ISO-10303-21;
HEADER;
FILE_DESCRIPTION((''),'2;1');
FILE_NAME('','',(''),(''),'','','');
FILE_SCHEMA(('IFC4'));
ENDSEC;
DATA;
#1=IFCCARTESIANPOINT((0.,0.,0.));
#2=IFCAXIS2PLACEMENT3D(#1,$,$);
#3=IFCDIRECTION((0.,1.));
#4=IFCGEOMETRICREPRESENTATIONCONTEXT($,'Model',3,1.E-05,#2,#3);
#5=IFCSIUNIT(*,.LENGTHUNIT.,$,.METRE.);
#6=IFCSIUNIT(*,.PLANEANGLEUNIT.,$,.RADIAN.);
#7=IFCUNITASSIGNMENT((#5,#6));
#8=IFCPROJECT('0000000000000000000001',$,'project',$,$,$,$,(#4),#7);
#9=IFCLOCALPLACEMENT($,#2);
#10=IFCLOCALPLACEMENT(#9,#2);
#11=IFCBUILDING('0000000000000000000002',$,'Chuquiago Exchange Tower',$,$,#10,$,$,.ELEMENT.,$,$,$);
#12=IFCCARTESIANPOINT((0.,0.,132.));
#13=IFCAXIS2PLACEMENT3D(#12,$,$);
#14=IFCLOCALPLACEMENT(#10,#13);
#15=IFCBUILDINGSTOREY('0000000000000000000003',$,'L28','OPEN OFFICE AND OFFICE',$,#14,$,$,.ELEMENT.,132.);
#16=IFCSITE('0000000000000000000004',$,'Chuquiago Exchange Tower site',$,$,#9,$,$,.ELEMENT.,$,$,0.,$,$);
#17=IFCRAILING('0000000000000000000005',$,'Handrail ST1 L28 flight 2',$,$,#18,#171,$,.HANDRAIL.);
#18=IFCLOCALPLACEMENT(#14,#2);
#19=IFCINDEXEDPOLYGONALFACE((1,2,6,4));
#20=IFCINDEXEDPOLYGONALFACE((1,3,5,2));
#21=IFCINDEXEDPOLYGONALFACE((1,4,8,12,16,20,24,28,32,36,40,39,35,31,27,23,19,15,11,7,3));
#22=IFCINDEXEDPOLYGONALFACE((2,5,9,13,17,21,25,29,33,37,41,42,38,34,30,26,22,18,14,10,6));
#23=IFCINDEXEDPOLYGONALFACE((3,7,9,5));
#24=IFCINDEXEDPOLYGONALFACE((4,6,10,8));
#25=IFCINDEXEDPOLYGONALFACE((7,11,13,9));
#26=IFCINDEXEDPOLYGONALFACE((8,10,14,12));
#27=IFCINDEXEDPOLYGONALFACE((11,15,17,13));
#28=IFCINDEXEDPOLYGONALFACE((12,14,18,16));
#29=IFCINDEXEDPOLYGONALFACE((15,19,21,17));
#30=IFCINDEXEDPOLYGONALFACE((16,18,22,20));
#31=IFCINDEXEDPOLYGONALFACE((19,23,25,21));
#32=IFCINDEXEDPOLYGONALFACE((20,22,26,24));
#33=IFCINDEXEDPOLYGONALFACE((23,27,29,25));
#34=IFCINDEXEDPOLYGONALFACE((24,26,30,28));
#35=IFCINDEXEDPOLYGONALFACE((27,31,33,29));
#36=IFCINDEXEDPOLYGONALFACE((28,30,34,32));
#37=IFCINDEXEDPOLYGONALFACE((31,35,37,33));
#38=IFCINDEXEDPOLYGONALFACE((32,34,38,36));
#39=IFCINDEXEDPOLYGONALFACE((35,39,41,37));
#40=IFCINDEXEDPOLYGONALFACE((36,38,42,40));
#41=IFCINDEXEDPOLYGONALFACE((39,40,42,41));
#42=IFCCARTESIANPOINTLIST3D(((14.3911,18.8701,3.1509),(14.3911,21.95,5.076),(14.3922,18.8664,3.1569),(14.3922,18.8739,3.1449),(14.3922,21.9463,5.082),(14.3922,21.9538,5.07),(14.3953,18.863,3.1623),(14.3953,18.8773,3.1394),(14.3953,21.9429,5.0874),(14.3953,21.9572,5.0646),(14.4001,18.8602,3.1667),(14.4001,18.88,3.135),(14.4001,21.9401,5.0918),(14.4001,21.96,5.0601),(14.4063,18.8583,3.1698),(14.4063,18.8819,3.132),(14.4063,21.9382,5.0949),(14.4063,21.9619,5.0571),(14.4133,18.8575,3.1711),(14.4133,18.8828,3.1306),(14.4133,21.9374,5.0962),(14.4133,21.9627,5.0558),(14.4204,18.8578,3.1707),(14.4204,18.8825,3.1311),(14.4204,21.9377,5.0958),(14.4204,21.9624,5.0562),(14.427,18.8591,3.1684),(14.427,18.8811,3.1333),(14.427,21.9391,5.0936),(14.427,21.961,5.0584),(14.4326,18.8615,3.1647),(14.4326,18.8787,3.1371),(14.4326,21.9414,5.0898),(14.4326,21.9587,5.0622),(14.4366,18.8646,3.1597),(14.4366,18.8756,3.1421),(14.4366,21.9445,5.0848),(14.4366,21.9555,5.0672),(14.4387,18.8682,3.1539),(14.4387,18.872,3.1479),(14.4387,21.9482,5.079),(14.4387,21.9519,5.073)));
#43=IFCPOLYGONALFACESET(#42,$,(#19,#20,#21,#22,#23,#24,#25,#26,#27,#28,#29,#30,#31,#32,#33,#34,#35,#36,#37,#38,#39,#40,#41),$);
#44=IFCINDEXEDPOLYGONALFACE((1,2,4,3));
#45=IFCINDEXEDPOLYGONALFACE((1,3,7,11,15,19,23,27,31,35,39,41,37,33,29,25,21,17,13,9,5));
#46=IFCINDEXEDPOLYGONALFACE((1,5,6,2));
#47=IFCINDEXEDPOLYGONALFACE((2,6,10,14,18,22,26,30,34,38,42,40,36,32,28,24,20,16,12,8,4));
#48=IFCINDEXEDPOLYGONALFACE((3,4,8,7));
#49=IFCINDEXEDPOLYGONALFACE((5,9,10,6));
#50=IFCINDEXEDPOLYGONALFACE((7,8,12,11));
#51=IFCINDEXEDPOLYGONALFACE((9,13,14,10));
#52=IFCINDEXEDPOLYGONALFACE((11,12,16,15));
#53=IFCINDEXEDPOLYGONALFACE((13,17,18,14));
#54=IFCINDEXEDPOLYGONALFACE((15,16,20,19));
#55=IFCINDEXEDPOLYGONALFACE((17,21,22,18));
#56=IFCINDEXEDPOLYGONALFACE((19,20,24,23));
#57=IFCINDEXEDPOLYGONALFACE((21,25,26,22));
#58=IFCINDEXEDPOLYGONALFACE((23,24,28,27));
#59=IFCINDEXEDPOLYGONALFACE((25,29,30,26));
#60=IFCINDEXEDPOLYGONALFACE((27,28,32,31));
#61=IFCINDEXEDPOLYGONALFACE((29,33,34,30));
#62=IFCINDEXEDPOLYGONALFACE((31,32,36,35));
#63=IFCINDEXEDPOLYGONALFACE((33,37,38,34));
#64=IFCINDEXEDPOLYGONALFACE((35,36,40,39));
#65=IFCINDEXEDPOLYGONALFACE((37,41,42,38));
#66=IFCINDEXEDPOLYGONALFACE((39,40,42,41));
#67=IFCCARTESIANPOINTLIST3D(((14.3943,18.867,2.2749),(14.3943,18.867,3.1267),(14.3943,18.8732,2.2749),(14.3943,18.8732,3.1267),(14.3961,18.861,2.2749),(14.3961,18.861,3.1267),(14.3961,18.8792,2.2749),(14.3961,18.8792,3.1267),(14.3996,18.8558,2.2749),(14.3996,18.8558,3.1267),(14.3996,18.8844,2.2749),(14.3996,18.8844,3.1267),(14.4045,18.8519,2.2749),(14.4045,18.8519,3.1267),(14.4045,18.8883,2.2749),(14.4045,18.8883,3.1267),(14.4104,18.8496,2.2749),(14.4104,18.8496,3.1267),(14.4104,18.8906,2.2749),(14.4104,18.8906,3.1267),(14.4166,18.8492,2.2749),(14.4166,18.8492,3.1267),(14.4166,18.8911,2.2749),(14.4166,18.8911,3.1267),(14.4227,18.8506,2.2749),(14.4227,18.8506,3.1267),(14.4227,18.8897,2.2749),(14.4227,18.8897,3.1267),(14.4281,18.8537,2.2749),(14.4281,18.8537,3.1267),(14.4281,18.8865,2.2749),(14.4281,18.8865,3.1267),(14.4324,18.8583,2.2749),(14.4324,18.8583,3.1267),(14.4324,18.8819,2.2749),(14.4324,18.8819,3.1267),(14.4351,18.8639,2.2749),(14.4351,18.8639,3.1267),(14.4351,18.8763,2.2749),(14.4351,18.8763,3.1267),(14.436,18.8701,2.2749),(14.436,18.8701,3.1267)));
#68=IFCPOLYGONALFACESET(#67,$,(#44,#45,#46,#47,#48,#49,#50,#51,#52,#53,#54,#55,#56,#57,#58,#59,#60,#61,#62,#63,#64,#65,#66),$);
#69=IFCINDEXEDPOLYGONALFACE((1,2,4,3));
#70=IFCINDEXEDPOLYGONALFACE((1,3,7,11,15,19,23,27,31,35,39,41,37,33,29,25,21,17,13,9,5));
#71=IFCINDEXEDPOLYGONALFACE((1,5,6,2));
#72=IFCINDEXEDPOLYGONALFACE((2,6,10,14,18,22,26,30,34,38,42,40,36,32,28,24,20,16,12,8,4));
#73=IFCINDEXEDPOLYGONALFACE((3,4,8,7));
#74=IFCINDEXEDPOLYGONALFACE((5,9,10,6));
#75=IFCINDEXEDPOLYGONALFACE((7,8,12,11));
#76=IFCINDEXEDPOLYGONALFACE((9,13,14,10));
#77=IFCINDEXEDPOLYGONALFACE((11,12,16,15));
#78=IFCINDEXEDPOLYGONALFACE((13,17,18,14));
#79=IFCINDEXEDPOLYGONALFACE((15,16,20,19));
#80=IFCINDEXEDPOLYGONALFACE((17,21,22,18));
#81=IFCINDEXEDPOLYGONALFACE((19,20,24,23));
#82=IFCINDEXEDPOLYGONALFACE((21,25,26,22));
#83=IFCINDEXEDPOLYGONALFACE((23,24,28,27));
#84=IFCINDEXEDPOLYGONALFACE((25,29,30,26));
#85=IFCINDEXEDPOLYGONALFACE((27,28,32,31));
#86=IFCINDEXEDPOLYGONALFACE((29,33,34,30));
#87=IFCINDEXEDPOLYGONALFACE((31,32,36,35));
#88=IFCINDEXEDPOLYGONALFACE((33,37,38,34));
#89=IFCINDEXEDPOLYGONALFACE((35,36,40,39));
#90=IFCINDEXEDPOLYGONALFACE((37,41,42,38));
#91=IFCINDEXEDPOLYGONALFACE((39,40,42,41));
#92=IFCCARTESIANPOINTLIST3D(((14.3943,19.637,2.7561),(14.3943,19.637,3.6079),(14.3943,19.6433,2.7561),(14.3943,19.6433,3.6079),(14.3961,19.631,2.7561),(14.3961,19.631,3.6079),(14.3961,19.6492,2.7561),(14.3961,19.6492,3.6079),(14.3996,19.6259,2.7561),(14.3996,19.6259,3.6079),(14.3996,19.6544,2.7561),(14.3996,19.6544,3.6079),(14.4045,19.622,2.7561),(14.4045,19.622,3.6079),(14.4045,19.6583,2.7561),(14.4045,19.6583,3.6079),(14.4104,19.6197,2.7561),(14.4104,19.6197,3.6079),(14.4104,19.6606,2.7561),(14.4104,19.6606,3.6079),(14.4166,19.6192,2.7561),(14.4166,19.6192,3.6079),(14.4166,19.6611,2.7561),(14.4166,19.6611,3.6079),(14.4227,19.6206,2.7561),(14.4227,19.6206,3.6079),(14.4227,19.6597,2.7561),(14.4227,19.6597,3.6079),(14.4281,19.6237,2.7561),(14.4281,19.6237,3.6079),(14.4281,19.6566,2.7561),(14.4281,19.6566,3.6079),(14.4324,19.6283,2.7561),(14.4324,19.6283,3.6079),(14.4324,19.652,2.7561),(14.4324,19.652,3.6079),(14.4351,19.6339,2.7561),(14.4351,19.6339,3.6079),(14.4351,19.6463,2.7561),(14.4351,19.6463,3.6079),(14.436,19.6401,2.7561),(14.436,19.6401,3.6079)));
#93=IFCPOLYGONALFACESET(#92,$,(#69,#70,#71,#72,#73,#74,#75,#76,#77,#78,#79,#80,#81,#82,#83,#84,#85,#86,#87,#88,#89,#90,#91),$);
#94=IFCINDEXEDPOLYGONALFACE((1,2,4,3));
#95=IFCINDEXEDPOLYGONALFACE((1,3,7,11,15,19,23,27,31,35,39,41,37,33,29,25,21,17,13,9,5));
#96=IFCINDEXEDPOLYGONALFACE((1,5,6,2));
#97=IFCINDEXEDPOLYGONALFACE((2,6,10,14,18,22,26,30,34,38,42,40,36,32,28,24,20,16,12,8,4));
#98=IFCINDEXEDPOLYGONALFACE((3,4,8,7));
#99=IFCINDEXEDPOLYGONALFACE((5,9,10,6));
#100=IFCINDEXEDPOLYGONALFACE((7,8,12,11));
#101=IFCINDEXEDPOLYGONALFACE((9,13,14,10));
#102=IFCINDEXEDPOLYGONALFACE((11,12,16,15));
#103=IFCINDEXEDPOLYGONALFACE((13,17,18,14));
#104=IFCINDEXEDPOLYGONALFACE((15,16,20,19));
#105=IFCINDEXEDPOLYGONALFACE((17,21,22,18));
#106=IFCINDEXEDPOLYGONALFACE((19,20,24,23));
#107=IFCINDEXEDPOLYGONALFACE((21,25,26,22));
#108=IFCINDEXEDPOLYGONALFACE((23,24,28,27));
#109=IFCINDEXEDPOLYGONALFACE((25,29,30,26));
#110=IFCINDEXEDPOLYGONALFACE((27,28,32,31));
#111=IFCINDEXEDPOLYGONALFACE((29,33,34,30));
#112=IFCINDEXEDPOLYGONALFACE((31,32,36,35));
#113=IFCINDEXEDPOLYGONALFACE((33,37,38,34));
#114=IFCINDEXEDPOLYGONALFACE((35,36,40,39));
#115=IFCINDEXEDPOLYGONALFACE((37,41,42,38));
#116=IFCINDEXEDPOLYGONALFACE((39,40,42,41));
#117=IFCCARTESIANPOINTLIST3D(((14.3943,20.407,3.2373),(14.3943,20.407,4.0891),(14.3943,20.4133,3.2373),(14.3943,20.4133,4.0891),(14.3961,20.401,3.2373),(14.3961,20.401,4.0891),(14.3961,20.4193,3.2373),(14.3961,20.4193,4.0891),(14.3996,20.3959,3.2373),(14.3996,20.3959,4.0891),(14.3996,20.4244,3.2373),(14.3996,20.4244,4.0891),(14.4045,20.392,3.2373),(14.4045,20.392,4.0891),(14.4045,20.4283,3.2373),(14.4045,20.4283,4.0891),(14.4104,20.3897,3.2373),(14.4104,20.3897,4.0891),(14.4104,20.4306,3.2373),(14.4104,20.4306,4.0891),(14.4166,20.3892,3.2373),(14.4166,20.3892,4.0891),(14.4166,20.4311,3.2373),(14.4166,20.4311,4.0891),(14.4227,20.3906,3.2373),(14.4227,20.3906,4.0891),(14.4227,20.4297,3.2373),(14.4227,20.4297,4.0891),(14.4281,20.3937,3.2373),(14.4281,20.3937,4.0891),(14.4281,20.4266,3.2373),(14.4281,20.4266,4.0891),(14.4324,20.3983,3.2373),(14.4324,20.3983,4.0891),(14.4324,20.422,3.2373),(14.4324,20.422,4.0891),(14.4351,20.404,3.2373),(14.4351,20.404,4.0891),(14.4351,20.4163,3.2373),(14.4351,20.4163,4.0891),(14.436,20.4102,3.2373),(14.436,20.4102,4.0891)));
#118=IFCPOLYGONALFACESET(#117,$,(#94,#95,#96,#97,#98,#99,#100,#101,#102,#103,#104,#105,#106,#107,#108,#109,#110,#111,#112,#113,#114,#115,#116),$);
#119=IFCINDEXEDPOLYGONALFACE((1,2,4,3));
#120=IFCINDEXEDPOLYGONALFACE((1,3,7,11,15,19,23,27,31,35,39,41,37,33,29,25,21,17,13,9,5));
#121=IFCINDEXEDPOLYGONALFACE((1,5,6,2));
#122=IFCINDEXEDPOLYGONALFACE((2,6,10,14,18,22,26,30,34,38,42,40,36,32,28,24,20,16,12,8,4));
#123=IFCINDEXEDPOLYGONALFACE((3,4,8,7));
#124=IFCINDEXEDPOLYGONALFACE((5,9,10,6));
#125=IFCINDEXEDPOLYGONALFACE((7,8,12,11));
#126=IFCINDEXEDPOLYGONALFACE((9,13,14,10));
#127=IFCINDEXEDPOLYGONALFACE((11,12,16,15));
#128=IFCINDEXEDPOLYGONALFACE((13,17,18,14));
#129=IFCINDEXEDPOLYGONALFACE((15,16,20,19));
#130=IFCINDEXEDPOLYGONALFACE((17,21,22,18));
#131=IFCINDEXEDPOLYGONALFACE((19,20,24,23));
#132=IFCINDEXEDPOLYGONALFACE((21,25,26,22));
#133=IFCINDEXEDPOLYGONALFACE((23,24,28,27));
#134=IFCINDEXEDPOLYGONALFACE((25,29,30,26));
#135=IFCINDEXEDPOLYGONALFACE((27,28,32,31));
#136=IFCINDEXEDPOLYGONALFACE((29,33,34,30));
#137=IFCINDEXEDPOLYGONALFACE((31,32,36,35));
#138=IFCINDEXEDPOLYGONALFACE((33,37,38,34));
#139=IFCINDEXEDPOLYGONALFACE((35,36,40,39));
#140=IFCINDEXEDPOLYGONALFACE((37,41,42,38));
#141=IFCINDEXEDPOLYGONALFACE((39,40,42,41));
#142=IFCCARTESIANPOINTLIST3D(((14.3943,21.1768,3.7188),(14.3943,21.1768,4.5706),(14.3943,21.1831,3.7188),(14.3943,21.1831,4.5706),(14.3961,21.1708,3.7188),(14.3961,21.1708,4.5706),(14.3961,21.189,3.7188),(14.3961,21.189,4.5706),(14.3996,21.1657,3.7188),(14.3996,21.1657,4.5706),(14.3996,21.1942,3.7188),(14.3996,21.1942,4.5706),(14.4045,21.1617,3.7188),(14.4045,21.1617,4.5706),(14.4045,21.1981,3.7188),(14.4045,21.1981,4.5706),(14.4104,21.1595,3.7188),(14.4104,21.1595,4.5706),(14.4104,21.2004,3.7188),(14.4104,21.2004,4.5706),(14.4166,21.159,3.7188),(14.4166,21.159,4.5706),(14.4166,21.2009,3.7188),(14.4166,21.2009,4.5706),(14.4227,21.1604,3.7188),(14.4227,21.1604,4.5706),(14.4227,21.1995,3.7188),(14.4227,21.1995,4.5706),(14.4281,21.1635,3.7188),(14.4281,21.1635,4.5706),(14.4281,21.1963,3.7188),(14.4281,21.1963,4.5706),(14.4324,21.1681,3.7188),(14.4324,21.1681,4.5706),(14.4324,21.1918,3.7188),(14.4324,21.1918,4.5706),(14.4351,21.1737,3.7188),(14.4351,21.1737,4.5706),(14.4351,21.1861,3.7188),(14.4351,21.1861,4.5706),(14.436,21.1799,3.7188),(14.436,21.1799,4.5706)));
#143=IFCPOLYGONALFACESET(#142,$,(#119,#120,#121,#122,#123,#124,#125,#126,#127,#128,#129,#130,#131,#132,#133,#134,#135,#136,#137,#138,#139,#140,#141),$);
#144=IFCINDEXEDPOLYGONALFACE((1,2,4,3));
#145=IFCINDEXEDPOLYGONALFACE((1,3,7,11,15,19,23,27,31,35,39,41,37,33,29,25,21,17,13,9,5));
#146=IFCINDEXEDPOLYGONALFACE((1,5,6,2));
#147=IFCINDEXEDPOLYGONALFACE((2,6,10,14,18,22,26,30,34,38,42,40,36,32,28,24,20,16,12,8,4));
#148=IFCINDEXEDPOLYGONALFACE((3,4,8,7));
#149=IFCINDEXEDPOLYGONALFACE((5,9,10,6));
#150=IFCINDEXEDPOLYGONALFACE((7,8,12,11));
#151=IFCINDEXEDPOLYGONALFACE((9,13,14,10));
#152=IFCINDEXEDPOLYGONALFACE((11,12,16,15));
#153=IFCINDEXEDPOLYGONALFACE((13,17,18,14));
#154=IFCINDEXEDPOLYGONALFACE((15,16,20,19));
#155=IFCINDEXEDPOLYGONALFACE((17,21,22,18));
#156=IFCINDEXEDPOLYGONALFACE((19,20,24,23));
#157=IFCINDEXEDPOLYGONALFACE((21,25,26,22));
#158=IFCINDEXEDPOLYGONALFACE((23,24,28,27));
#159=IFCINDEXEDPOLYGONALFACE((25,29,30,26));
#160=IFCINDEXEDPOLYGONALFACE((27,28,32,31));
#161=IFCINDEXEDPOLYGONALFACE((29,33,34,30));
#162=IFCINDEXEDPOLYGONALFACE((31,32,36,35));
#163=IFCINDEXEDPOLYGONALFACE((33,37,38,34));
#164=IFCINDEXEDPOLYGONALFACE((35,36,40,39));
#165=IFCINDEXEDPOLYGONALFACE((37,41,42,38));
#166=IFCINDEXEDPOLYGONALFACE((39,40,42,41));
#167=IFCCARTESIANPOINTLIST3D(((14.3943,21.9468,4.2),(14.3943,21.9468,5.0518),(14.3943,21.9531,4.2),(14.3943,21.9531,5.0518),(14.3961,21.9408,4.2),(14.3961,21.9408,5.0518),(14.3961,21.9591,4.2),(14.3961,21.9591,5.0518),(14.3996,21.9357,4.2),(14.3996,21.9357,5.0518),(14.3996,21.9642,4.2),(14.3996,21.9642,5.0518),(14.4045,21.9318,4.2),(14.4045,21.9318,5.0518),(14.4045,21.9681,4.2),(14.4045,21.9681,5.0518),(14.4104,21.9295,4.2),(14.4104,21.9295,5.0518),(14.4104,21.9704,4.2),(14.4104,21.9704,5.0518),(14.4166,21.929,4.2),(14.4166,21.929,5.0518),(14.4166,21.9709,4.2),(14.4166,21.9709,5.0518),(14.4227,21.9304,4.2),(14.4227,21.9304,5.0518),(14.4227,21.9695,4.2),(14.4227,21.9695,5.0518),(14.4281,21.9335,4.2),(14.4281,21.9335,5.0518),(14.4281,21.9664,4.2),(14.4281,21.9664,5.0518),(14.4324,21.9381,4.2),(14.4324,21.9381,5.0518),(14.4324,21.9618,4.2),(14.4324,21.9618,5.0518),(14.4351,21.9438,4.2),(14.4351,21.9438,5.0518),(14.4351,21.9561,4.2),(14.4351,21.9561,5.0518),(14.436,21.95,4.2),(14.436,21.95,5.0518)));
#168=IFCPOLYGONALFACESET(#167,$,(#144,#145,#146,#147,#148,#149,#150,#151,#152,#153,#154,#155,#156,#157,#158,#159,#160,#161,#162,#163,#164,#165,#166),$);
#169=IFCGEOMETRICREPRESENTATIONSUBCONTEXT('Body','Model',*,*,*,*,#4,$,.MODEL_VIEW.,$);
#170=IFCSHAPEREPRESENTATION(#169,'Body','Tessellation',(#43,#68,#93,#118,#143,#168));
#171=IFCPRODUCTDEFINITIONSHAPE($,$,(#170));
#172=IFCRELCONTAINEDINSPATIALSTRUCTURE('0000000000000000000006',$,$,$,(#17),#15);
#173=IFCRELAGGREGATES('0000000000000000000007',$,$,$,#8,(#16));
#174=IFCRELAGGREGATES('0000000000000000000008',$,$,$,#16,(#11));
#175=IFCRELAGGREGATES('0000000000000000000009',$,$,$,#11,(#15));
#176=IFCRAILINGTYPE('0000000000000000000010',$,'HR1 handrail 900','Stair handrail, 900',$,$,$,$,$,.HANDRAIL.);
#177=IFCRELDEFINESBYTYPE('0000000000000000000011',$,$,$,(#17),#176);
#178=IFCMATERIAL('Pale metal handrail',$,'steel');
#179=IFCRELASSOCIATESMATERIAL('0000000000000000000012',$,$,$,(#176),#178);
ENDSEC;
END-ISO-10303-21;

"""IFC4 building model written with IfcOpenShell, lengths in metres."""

from ifc_helpers import new_model, si_unit, direction, frame, origin, origin_2d, place, context, subcontext, project, spatial, circle, extrude, material, type_object, element, save


model = new_model("IFC4")

# Units and contexts
model_context = context("Model", 3, precision=1e-05, world=origin(), true_north=direction((0.0, 1.0)))
body_context = subcontext(model_context, "Body", "Model", "MODEL_VIEW")
ifc_project = project(units=[si_unit("LENGTHUNIT", "METRE"), si_unit("PLANEANGLEUNIT", "RADIAN")], contexts=[model_context])

# Site, building, storey
site_placement = place(None, origin())
site = spatial("IfcSite", under=ifc_project, at=site_placement, Name="Chuquiago Exchange Tower site", CompositionType="ELEMENT", RefElevation=0.0)
building_placement = place(site_placement, origin())
building = spatial("IfcBuilding", under=site, at=building_placement, Name="Chuquiago Exchange Tower", CompositionType="ELEMENT")
storey_placement = place(building_placement, frame((0.0, 0.0, 132.0)))
storey = spatial("IfcBuildingStorey", under=building, at=storey_placement, Name="L28", Description="OPEN OFFICE AND OFFICE", CompositionType="ELEMENT", Elevation=132.0)

# Railing
ifc_material_1 = material(Name="Pale metal handrail", Category="steel")
railing_type_1 = type_object("IfcRailingType", Name="HR1 handrail 900", Description="Stair handrail, 900", PredefinedType="HANDRAIL", material=ifc_material_1)
for number, where, name in (
    (1, (14.415, 18.8701, 2.2749), "Handrail ST1 L28 flight 2"),
):
    element("IfcRailing", number, at=place(storey_placement, frame(where)), inside=storey, type_object=railing_type_1, Name=name, PredefinedType="HANDRAIL", context=body_context, shape_type="SweptSolid", body=[
        extrude(circle(Radius=0.0239, at=origin_2d()), frame((0.0, 0.0, 0.876), z_axis=(0.0, 0.847979, 0.530029), x_axis=(-1.0, 0.0, 0.0)), (0.0, 0.0, 1.0), 3.6321),
        extrude(circle(Radius=0.021, at=origin_2d()), origin(), (0.0, 0.0, 1.0), 0.8518),
        extrude(circle(Radius=0.021, at=origin_2d()), frame((0.0, 0.77, 0.4812)), (0.0, 0.0, 1.0), 0.8518),
        extrude(circle(Radius=0.021, at=origin_2d()), frame((0.0, 1.54, 0.9624)), (0.0, 0.0, 1.0), 0.8518),
        extrude(circle(Radius=0.021, at=origin_2d()), frame((0.0, 2.3098, 1.4438)), (0.0, 0.0, 1.0), 0.8518),
        extrude(circle(Radius=0.021, at=origin_2d()), frame((0.0, 3.0798, 1.925)), (0.0, 0.0, 1.0), 0.8518),
    ])

save(model, "model.ifc")
